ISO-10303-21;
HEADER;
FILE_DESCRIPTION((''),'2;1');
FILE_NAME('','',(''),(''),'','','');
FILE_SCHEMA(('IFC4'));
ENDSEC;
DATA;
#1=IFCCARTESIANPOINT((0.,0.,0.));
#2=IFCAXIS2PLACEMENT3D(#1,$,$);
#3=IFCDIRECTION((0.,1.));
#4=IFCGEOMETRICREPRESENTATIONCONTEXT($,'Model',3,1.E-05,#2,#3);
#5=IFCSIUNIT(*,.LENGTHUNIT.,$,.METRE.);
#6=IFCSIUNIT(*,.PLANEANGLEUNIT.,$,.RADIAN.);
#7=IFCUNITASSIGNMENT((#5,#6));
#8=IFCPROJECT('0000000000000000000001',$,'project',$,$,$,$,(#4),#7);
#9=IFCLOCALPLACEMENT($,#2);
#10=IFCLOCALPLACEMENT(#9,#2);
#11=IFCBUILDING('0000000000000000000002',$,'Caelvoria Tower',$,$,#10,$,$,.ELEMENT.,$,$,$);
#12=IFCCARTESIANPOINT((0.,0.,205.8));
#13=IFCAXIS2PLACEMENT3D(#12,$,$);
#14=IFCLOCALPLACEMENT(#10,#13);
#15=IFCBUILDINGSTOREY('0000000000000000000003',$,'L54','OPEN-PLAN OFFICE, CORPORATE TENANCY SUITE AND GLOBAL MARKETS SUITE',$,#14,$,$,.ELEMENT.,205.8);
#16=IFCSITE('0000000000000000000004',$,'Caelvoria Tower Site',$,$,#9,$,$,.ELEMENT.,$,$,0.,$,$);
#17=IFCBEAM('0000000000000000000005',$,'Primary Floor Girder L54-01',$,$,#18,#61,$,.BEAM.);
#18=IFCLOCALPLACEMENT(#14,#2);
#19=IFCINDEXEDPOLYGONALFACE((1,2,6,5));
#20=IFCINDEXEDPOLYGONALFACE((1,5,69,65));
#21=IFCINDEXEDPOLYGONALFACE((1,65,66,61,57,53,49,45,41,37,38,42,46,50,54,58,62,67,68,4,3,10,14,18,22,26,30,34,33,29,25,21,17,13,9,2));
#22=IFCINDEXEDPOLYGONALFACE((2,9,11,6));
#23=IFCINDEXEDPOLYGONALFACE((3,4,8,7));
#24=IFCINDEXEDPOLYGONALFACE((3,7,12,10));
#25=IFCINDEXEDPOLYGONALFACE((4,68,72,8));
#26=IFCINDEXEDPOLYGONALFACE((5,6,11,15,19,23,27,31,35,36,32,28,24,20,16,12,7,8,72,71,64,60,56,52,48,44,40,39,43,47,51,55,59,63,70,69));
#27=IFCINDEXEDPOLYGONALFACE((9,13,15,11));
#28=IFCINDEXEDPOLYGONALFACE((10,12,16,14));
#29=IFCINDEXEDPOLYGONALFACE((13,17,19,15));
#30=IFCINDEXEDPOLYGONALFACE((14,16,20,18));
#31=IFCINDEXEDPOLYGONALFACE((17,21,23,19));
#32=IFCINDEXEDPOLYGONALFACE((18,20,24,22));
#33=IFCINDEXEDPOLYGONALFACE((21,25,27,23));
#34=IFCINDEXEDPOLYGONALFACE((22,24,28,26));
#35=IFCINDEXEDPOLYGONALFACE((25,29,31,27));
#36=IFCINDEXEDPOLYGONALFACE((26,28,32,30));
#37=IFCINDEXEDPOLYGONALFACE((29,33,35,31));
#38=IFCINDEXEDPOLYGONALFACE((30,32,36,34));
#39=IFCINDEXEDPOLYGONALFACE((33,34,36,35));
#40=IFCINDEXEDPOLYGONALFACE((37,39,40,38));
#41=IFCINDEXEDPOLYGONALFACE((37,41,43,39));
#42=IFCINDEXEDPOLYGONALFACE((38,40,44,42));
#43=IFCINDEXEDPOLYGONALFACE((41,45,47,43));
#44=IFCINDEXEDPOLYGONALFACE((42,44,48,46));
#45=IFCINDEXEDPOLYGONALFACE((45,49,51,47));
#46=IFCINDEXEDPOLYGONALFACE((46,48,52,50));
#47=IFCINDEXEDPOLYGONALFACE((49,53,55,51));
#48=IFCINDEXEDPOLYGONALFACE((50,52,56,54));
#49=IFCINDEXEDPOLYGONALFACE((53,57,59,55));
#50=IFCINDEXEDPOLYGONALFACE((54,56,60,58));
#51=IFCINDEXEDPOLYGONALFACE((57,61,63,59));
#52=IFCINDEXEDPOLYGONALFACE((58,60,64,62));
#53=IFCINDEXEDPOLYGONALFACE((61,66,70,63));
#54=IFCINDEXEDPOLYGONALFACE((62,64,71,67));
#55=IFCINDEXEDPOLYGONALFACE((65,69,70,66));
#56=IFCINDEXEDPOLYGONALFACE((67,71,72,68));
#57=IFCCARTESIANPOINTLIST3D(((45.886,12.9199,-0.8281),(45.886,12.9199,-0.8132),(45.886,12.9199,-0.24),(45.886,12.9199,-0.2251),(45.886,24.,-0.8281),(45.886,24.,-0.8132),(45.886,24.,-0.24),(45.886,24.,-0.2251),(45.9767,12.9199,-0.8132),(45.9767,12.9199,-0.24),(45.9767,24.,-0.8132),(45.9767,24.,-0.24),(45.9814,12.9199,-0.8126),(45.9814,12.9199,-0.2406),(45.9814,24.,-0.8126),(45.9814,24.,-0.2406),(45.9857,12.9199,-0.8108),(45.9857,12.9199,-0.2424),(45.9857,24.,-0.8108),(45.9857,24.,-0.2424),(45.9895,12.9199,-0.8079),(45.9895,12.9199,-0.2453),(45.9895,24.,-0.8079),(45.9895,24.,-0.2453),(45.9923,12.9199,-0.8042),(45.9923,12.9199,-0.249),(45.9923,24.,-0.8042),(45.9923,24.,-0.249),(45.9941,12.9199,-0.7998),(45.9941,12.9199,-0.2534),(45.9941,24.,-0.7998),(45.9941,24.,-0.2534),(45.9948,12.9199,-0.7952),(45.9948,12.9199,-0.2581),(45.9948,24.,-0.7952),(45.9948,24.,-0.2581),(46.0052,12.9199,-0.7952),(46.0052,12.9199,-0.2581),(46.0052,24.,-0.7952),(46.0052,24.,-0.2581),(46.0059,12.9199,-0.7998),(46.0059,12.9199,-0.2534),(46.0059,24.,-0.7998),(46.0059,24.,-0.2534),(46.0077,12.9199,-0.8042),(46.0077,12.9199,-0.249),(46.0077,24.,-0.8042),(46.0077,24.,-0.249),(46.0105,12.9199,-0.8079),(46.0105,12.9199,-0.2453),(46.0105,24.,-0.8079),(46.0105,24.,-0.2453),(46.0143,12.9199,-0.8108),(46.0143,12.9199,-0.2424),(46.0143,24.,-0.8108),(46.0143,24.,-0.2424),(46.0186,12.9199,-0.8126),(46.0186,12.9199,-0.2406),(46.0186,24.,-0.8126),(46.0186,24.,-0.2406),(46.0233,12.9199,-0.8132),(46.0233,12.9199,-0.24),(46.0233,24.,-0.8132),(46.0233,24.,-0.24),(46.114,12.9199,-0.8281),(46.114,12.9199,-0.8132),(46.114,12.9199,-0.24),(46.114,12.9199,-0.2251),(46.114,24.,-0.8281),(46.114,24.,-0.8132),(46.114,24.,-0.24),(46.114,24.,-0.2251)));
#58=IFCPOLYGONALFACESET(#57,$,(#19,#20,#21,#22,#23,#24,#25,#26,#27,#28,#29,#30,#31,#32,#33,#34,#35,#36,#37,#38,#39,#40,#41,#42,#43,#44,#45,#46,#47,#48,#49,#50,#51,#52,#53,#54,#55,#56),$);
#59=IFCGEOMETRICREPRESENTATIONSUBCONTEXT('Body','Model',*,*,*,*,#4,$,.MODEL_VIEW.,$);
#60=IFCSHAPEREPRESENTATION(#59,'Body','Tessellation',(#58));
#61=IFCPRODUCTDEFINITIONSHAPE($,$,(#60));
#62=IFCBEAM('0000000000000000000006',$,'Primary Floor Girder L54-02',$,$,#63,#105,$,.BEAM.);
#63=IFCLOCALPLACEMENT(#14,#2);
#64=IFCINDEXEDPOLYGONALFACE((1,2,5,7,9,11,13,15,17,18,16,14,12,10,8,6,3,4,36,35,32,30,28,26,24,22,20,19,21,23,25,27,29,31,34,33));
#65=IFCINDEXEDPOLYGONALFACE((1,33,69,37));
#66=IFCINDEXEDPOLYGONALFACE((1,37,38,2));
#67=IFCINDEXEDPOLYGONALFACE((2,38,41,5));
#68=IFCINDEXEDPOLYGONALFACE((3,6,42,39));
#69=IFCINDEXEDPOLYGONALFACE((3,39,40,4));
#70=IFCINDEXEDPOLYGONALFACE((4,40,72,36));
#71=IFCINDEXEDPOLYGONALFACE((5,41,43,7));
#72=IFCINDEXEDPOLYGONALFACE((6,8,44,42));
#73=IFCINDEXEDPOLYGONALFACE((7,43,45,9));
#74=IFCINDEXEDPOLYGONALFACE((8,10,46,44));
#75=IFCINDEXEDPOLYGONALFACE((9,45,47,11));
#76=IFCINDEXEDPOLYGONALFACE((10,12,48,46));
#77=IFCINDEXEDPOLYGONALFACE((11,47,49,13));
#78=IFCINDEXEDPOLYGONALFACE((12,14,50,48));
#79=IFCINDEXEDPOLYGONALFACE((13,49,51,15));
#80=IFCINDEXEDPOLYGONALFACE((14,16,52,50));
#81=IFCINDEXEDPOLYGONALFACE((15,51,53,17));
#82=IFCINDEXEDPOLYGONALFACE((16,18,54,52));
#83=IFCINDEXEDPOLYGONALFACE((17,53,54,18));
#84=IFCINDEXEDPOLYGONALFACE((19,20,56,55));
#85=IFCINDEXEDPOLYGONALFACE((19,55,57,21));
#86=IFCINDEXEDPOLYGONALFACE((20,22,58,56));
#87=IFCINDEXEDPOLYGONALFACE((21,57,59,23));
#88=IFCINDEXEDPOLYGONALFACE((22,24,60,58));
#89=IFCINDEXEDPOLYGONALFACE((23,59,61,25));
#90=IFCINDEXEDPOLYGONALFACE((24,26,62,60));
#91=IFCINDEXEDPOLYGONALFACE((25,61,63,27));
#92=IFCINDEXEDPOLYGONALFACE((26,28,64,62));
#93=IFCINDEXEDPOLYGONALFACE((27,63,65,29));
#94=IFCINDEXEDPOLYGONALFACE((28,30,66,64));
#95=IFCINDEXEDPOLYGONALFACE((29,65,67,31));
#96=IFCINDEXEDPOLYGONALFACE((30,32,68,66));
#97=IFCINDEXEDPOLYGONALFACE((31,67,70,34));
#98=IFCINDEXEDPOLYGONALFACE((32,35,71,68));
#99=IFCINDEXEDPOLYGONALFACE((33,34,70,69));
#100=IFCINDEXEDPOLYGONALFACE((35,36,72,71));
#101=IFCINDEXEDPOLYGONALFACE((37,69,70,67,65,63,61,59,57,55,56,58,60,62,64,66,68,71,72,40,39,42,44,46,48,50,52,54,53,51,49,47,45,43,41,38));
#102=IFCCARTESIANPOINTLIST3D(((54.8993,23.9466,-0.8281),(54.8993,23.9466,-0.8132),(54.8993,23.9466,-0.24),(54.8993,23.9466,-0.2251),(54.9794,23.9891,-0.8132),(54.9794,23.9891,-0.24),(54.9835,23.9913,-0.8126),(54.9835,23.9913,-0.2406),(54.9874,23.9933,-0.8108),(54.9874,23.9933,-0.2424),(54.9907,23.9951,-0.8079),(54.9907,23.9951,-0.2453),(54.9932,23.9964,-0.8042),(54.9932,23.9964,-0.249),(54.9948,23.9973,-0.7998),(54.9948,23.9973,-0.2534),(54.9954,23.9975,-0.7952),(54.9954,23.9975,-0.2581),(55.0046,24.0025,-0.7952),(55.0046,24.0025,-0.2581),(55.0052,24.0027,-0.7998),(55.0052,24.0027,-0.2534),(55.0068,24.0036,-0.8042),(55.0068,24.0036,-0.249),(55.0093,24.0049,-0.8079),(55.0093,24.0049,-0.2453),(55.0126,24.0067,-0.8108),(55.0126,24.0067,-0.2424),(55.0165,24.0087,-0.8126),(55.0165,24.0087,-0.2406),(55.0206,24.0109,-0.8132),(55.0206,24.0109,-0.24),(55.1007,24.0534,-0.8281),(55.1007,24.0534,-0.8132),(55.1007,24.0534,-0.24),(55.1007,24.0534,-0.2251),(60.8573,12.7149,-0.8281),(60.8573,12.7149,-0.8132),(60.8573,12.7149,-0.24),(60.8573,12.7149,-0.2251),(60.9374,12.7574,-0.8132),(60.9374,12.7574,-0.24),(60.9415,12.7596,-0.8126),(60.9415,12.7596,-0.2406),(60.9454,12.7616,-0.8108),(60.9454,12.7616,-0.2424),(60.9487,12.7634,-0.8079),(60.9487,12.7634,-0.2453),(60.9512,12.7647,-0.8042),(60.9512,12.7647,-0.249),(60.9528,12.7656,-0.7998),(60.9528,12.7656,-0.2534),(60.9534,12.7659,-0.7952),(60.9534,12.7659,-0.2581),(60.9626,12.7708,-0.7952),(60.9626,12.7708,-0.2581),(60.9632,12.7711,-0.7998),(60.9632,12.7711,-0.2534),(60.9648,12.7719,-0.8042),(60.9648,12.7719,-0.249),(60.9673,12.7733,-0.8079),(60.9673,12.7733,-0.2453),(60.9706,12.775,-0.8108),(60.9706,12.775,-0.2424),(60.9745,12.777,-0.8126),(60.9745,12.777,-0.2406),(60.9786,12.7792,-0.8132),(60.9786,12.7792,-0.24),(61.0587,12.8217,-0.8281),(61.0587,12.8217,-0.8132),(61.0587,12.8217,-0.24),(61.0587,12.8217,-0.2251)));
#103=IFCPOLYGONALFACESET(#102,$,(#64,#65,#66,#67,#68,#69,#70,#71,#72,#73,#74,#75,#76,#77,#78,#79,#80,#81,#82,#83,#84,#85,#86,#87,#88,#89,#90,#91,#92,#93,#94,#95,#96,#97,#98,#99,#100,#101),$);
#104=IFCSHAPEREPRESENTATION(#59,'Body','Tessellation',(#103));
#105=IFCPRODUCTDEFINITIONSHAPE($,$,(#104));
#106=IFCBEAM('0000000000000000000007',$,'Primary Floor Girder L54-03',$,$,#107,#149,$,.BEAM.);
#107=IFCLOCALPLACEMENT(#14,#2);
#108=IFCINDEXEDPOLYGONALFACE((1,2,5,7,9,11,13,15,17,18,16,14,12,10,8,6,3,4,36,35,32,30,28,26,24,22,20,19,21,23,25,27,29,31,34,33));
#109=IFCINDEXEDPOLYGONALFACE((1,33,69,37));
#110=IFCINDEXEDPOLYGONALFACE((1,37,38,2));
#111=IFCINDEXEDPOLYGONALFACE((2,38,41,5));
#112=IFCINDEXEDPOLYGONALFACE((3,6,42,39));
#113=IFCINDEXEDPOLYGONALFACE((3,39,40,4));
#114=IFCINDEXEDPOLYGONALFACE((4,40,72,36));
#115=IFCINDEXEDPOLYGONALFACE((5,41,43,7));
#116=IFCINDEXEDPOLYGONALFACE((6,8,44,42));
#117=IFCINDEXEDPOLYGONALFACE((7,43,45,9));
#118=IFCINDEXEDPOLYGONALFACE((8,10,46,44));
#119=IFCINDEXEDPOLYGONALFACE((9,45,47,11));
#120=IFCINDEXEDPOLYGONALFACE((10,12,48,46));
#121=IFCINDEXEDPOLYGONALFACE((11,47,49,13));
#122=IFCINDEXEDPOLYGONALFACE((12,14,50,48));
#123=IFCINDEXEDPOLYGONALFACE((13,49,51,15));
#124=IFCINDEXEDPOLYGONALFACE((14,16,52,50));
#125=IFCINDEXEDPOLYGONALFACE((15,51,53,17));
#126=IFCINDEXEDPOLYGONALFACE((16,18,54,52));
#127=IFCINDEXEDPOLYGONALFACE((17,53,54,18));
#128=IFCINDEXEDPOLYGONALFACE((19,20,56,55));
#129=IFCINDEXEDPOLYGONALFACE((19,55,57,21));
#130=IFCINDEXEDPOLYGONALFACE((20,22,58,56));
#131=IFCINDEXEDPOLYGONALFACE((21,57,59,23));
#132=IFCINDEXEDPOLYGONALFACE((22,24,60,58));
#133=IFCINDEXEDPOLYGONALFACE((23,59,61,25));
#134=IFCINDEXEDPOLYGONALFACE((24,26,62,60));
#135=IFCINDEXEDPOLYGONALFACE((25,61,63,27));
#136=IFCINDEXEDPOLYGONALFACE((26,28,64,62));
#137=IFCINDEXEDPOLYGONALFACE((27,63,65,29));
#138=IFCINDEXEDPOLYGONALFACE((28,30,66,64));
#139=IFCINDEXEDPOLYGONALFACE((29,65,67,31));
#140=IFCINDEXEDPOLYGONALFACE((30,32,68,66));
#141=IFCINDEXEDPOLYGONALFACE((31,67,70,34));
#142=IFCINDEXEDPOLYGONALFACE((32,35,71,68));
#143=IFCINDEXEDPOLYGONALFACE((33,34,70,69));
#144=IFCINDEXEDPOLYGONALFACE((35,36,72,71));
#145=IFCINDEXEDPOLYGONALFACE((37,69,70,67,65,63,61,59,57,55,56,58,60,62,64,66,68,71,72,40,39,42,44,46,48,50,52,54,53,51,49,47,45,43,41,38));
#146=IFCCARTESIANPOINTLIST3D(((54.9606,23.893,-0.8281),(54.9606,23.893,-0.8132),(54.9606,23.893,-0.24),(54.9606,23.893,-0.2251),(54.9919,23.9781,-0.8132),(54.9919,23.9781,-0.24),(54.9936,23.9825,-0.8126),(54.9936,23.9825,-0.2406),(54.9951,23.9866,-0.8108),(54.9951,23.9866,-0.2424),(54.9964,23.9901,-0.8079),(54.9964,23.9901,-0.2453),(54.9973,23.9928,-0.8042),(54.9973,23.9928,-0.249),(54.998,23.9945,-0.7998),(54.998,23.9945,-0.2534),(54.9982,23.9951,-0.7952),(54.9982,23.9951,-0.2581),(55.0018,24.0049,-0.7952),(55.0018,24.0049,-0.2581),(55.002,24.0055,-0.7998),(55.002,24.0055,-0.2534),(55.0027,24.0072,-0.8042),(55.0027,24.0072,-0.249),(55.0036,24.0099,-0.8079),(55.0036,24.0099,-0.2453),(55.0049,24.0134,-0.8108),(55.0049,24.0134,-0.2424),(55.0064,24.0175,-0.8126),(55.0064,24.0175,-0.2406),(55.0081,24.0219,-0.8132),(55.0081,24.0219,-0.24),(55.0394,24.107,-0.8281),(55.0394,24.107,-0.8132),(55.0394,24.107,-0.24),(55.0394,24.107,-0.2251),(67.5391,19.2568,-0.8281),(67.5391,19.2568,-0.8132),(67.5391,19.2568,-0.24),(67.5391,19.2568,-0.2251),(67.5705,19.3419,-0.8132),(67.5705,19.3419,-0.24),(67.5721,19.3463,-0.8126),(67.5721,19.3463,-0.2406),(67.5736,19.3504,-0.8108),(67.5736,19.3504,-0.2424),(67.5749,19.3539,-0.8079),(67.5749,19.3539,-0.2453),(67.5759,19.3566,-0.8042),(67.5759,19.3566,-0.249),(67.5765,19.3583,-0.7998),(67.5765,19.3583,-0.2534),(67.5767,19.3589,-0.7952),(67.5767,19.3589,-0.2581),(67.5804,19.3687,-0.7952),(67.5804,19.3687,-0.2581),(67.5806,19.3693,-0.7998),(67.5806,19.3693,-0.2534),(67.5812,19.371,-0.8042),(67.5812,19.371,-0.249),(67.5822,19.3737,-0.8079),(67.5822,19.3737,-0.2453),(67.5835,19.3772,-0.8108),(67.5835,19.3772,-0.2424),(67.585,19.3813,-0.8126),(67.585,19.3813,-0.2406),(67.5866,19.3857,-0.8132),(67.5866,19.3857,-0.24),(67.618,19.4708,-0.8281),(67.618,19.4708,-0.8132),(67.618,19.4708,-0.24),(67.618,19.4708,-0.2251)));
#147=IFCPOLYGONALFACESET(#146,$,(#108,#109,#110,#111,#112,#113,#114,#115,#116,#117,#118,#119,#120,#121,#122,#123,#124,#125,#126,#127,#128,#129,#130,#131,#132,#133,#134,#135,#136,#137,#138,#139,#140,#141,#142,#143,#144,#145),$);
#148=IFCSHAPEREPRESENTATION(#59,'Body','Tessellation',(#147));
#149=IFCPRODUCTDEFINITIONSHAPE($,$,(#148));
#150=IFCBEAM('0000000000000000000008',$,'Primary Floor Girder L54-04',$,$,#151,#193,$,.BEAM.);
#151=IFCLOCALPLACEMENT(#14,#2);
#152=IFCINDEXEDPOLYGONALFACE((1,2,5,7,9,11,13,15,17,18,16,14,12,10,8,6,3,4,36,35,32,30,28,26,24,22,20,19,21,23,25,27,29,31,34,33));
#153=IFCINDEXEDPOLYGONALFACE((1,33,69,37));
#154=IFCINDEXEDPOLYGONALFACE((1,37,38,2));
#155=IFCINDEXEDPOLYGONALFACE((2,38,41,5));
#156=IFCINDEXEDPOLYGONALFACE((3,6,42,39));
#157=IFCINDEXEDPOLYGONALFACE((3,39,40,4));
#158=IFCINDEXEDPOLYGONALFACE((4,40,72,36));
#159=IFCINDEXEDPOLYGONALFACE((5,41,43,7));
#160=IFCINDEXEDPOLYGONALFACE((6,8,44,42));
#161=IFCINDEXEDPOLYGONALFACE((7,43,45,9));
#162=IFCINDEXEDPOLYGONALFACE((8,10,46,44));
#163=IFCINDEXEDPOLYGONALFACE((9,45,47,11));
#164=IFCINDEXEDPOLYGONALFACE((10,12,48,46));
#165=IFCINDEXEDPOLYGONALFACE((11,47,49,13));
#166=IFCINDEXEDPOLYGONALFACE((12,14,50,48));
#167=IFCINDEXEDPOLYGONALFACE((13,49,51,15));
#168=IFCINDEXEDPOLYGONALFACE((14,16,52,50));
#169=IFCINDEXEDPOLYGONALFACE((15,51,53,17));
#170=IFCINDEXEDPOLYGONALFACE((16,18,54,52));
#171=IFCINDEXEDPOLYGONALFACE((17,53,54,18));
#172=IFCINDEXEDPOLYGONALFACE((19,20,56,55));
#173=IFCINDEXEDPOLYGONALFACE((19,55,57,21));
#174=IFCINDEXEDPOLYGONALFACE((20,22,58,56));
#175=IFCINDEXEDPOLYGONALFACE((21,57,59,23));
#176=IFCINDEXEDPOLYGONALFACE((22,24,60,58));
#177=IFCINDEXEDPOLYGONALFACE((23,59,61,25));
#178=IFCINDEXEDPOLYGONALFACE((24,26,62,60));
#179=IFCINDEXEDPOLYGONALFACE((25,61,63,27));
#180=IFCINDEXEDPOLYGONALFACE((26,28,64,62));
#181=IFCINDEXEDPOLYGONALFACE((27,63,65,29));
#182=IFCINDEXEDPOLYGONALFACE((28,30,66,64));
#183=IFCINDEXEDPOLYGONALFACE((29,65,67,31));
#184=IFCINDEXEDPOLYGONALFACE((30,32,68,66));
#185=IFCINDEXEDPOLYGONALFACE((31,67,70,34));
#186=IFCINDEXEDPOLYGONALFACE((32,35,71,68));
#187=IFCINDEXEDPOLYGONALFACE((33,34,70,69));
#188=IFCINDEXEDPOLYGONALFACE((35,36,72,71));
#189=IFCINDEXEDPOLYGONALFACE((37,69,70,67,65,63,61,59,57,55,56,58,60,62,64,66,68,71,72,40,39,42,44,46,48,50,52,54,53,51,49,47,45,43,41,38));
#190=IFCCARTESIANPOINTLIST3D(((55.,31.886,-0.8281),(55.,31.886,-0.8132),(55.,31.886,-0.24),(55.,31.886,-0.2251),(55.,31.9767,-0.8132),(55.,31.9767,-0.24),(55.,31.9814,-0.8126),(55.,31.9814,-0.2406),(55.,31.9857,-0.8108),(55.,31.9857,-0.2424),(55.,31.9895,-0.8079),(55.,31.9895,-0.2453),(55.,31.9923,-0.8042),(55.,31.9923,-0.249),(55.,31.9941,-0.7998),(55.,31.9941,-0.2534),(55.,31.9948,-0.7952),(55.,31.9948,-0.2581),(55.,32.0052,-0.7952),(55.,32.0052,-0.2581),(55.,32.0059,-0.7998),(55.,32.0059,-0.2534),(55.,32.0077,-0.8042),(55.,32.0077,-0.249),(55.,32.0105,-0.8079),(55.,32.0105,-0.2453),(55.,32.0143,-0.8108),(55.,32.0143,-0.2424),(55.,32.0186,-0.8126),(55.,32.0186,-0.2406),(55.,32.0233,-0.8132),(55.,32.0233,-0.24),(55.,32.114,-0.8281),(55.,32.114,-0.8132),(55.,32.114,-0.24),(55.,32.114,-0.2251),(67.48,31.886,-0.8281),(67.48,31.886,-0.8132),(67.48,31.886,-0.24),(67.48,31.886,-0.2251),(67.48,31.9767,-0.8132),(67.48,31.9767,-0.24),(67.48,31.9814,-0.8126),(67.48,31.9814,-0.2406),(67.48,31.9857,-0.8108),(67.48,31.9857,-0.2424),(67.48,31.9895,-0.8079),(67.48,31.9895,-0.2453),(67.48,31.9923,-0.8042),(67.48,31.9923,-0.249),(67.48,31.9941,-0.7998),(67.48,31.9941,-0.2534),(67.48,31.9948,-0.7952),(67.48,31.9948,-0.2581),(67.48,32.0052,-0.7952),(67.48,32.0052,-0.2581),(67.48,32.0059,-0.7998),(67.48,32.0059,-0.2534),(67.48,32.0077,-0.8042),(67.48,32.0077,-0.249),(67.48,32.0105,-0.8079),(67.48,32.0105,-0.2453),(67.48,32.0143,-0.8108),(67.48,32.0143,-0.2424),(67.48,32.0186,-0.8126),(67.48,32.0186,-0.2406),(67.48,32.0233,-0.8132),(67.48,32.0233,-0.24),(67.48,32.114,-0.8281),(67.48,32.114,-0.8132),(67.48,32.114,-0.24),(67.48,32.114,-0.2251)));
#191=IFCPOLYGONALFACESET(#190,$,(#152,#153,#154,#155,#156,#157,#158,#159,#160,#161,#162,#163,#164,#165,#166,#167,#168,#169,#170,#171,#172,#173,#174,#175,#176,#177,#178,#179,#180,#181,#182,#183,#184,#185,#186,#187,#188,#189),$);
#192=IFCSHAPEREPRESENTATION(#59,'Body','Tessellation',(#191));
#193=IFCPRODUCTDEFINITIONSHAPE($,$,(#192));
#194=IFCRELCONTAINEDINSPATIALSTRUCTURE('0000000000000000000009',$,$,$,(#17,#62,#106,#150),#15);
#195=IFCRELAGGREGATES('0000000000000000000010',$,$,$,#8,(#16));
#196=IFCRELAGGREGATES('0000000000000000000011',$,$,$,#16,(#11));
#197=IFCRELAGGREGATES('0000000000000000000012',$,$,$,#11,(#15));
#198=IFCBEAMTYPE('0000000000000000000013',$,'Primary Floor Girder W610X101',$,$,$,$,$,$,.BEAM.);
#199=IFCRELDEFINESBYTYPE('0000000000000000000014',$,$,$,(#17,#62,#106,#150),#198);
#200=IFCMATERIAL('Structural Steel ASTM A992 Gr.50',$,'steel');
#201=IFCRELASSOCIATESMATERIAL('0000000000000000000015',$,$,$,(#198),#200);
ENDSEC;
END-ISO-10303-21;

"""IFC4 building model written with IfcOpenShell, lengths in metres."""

from ifc_helpers import new_model, si_unit, direction, frame, origin, origin_2d, place, context, subcontext, project, spatial, i_section, extrude, material, material_profile, profile_set, type_object, element, save


model = new_model("IFC4")

# Units and contexts
model_context = context("Model", 3, precision=1e-05, world=origin(), true_north=direction((0.0, 1.0)))
body_context = subcontext(model_context, "Body", "Model", "MODEL_VIEW")
ifc_project = project(units=[si_unit("LENGTHUNIT", "METRE"), si_unit("PLANEANGLEUNIT", "RADIAN")], contexts=[model_context])

# Site, building, storey
site_placement = place(None, origin())
site = spatial("IfcSite", under=ifc_project, at=site_placement, Name="Caelvoria Tower Site", CompositionType="ELEMENT", RefElevation=0.0)
building_placement = place(site_placement, origin())
building = spatial("IfcBuilding", under=site, at=building_placement, Name="Caelvoria Tower", CompositionType="ELEMENT")
storey_placement = place(building_placement, frame((0.0, 0.0, 205.8)))
storey = spatial("IfcBuildingStorey", under=building, at=storey_placement, Name="L54", Description="OPEN-PLAN OFFICE, CORPORATE TENANCY SUITE AND GLOBAL MARKETS SUITE", CompositionType="ELEMENT", Elevation=205.8)

# Beams
ifc_material_1 = material(Name="Structural Steel ASTM A992 Gr.50", Category="steel")
ifc_material_profile = material_profile(ifc_material_1, i_section(OverallWidth=0.228, OverallDepth=0.603, WebThickness=0.0105, FlangeThickness=0.0149, FilletRadius=0.0181, at=origin_2d()), Name="Structural Steel ASTM A992 Gr.50")
ifc_profile_set = profile_set([ifc_material_profile], Name="W610X101 - Structural Steel ASTM A992 Gr.50")
beam_type = type_object("IfcBeamType", Name="Primary Floor Girder W610X101", PredefinedType="BEAM", material=ifc_profile_set)
beam_1_placement = place(storey_placement, frame((46.0, 24.0, -0.5266), z_axis=(0.0, -1.0, 0.0), x_axis=(1.0, 0.0, 0.0)))
element("IfcBeam", 1, at=beam_1_placement, inside=storey, type_object=beam_type, Name="Primary Floor Girder L54-01", PredefinedType="BEAM", context=body_context, shape_type="SweptSolid", body=[
    extrude(i_section(OverallWidth=0.228, OverallDepth=0.603, WebThickness=0.0105, FlangeThickness=0.0149, FilletRadius=0.0181, at=origin_2d()), origin(), (0.0, 0.0, 1.0), 11.0801),
])
beam_2_placement = place(storey_placement, frame((55.0, 24.0, -0.5266), z_axis=(0.468614, -0.883403, 0.0), x_axis=(0.883403, 0.468614, 0.0)))
element("IfcBeam", 2, at=beam_2_placement, inside=storey, type_object=beam_type, Name="Primary Floor Girder L54-02", PredefinedType="BEAM", context=body_context, shape_type="SweptSolid", body=[
    extrude(i_section(OverallWidth=0.228, OverallDepth=0.603, WebThickness=0.0105, FlangeThickness=0.0149, FilletRadius=0.0181, at=origin_2d()), origin(), (0.0, 0.0, 1.0), 12.7141),
])
beam_3_placement = place(storey_placement, frame((55.0, 24.0, -0.5266), z_axis=(0.938295, -0.345837, 0.0), x_axis=(0.345837, 0.938295, 0.0)))
element("IfcBeam", 3, at=beam_3_placement, inside=storey, type_object=beam_type, Name="Primary Floor Girder L54-03", PredefinedType="BEAM", context=body_context, shape_type="SweptSolid", body=[
    extrude(i_section(OverallWidth=0.228, OverallDepth=0.603, WebThickness=0.0105, FlangeThickness=0.0149, FilletRadius=0.0181, at=origin_2d()), origin(), (0.0, 0.0, 1.0), 13.4058),
])
beam_4_placement = place(storey_placement, frame((55.0, 32.0, -0.5266), z_axis=(1.0, 0.0, 0.0), x_axis=(0.0, 1.0, 0.0)))
element("IfcBeam", 4, at=beam_4_placement, inside=storey, type_object=beam_type, Name="Primary Floor Girder L54-04", PredefinedType="BEAM", context=body_context, shape_type="SweptSolid", body=[
    extrude(i_section(OverallWidth=0.228, OverallDepth=0.603, WebThickness=0.0105, FlangeThickness=0.0149, FilletRadius=0.0181, at=origin_2d()), origin(), (0.0, 0.0, 1.0), 12.48),
])

save(model, "model.ifc")
